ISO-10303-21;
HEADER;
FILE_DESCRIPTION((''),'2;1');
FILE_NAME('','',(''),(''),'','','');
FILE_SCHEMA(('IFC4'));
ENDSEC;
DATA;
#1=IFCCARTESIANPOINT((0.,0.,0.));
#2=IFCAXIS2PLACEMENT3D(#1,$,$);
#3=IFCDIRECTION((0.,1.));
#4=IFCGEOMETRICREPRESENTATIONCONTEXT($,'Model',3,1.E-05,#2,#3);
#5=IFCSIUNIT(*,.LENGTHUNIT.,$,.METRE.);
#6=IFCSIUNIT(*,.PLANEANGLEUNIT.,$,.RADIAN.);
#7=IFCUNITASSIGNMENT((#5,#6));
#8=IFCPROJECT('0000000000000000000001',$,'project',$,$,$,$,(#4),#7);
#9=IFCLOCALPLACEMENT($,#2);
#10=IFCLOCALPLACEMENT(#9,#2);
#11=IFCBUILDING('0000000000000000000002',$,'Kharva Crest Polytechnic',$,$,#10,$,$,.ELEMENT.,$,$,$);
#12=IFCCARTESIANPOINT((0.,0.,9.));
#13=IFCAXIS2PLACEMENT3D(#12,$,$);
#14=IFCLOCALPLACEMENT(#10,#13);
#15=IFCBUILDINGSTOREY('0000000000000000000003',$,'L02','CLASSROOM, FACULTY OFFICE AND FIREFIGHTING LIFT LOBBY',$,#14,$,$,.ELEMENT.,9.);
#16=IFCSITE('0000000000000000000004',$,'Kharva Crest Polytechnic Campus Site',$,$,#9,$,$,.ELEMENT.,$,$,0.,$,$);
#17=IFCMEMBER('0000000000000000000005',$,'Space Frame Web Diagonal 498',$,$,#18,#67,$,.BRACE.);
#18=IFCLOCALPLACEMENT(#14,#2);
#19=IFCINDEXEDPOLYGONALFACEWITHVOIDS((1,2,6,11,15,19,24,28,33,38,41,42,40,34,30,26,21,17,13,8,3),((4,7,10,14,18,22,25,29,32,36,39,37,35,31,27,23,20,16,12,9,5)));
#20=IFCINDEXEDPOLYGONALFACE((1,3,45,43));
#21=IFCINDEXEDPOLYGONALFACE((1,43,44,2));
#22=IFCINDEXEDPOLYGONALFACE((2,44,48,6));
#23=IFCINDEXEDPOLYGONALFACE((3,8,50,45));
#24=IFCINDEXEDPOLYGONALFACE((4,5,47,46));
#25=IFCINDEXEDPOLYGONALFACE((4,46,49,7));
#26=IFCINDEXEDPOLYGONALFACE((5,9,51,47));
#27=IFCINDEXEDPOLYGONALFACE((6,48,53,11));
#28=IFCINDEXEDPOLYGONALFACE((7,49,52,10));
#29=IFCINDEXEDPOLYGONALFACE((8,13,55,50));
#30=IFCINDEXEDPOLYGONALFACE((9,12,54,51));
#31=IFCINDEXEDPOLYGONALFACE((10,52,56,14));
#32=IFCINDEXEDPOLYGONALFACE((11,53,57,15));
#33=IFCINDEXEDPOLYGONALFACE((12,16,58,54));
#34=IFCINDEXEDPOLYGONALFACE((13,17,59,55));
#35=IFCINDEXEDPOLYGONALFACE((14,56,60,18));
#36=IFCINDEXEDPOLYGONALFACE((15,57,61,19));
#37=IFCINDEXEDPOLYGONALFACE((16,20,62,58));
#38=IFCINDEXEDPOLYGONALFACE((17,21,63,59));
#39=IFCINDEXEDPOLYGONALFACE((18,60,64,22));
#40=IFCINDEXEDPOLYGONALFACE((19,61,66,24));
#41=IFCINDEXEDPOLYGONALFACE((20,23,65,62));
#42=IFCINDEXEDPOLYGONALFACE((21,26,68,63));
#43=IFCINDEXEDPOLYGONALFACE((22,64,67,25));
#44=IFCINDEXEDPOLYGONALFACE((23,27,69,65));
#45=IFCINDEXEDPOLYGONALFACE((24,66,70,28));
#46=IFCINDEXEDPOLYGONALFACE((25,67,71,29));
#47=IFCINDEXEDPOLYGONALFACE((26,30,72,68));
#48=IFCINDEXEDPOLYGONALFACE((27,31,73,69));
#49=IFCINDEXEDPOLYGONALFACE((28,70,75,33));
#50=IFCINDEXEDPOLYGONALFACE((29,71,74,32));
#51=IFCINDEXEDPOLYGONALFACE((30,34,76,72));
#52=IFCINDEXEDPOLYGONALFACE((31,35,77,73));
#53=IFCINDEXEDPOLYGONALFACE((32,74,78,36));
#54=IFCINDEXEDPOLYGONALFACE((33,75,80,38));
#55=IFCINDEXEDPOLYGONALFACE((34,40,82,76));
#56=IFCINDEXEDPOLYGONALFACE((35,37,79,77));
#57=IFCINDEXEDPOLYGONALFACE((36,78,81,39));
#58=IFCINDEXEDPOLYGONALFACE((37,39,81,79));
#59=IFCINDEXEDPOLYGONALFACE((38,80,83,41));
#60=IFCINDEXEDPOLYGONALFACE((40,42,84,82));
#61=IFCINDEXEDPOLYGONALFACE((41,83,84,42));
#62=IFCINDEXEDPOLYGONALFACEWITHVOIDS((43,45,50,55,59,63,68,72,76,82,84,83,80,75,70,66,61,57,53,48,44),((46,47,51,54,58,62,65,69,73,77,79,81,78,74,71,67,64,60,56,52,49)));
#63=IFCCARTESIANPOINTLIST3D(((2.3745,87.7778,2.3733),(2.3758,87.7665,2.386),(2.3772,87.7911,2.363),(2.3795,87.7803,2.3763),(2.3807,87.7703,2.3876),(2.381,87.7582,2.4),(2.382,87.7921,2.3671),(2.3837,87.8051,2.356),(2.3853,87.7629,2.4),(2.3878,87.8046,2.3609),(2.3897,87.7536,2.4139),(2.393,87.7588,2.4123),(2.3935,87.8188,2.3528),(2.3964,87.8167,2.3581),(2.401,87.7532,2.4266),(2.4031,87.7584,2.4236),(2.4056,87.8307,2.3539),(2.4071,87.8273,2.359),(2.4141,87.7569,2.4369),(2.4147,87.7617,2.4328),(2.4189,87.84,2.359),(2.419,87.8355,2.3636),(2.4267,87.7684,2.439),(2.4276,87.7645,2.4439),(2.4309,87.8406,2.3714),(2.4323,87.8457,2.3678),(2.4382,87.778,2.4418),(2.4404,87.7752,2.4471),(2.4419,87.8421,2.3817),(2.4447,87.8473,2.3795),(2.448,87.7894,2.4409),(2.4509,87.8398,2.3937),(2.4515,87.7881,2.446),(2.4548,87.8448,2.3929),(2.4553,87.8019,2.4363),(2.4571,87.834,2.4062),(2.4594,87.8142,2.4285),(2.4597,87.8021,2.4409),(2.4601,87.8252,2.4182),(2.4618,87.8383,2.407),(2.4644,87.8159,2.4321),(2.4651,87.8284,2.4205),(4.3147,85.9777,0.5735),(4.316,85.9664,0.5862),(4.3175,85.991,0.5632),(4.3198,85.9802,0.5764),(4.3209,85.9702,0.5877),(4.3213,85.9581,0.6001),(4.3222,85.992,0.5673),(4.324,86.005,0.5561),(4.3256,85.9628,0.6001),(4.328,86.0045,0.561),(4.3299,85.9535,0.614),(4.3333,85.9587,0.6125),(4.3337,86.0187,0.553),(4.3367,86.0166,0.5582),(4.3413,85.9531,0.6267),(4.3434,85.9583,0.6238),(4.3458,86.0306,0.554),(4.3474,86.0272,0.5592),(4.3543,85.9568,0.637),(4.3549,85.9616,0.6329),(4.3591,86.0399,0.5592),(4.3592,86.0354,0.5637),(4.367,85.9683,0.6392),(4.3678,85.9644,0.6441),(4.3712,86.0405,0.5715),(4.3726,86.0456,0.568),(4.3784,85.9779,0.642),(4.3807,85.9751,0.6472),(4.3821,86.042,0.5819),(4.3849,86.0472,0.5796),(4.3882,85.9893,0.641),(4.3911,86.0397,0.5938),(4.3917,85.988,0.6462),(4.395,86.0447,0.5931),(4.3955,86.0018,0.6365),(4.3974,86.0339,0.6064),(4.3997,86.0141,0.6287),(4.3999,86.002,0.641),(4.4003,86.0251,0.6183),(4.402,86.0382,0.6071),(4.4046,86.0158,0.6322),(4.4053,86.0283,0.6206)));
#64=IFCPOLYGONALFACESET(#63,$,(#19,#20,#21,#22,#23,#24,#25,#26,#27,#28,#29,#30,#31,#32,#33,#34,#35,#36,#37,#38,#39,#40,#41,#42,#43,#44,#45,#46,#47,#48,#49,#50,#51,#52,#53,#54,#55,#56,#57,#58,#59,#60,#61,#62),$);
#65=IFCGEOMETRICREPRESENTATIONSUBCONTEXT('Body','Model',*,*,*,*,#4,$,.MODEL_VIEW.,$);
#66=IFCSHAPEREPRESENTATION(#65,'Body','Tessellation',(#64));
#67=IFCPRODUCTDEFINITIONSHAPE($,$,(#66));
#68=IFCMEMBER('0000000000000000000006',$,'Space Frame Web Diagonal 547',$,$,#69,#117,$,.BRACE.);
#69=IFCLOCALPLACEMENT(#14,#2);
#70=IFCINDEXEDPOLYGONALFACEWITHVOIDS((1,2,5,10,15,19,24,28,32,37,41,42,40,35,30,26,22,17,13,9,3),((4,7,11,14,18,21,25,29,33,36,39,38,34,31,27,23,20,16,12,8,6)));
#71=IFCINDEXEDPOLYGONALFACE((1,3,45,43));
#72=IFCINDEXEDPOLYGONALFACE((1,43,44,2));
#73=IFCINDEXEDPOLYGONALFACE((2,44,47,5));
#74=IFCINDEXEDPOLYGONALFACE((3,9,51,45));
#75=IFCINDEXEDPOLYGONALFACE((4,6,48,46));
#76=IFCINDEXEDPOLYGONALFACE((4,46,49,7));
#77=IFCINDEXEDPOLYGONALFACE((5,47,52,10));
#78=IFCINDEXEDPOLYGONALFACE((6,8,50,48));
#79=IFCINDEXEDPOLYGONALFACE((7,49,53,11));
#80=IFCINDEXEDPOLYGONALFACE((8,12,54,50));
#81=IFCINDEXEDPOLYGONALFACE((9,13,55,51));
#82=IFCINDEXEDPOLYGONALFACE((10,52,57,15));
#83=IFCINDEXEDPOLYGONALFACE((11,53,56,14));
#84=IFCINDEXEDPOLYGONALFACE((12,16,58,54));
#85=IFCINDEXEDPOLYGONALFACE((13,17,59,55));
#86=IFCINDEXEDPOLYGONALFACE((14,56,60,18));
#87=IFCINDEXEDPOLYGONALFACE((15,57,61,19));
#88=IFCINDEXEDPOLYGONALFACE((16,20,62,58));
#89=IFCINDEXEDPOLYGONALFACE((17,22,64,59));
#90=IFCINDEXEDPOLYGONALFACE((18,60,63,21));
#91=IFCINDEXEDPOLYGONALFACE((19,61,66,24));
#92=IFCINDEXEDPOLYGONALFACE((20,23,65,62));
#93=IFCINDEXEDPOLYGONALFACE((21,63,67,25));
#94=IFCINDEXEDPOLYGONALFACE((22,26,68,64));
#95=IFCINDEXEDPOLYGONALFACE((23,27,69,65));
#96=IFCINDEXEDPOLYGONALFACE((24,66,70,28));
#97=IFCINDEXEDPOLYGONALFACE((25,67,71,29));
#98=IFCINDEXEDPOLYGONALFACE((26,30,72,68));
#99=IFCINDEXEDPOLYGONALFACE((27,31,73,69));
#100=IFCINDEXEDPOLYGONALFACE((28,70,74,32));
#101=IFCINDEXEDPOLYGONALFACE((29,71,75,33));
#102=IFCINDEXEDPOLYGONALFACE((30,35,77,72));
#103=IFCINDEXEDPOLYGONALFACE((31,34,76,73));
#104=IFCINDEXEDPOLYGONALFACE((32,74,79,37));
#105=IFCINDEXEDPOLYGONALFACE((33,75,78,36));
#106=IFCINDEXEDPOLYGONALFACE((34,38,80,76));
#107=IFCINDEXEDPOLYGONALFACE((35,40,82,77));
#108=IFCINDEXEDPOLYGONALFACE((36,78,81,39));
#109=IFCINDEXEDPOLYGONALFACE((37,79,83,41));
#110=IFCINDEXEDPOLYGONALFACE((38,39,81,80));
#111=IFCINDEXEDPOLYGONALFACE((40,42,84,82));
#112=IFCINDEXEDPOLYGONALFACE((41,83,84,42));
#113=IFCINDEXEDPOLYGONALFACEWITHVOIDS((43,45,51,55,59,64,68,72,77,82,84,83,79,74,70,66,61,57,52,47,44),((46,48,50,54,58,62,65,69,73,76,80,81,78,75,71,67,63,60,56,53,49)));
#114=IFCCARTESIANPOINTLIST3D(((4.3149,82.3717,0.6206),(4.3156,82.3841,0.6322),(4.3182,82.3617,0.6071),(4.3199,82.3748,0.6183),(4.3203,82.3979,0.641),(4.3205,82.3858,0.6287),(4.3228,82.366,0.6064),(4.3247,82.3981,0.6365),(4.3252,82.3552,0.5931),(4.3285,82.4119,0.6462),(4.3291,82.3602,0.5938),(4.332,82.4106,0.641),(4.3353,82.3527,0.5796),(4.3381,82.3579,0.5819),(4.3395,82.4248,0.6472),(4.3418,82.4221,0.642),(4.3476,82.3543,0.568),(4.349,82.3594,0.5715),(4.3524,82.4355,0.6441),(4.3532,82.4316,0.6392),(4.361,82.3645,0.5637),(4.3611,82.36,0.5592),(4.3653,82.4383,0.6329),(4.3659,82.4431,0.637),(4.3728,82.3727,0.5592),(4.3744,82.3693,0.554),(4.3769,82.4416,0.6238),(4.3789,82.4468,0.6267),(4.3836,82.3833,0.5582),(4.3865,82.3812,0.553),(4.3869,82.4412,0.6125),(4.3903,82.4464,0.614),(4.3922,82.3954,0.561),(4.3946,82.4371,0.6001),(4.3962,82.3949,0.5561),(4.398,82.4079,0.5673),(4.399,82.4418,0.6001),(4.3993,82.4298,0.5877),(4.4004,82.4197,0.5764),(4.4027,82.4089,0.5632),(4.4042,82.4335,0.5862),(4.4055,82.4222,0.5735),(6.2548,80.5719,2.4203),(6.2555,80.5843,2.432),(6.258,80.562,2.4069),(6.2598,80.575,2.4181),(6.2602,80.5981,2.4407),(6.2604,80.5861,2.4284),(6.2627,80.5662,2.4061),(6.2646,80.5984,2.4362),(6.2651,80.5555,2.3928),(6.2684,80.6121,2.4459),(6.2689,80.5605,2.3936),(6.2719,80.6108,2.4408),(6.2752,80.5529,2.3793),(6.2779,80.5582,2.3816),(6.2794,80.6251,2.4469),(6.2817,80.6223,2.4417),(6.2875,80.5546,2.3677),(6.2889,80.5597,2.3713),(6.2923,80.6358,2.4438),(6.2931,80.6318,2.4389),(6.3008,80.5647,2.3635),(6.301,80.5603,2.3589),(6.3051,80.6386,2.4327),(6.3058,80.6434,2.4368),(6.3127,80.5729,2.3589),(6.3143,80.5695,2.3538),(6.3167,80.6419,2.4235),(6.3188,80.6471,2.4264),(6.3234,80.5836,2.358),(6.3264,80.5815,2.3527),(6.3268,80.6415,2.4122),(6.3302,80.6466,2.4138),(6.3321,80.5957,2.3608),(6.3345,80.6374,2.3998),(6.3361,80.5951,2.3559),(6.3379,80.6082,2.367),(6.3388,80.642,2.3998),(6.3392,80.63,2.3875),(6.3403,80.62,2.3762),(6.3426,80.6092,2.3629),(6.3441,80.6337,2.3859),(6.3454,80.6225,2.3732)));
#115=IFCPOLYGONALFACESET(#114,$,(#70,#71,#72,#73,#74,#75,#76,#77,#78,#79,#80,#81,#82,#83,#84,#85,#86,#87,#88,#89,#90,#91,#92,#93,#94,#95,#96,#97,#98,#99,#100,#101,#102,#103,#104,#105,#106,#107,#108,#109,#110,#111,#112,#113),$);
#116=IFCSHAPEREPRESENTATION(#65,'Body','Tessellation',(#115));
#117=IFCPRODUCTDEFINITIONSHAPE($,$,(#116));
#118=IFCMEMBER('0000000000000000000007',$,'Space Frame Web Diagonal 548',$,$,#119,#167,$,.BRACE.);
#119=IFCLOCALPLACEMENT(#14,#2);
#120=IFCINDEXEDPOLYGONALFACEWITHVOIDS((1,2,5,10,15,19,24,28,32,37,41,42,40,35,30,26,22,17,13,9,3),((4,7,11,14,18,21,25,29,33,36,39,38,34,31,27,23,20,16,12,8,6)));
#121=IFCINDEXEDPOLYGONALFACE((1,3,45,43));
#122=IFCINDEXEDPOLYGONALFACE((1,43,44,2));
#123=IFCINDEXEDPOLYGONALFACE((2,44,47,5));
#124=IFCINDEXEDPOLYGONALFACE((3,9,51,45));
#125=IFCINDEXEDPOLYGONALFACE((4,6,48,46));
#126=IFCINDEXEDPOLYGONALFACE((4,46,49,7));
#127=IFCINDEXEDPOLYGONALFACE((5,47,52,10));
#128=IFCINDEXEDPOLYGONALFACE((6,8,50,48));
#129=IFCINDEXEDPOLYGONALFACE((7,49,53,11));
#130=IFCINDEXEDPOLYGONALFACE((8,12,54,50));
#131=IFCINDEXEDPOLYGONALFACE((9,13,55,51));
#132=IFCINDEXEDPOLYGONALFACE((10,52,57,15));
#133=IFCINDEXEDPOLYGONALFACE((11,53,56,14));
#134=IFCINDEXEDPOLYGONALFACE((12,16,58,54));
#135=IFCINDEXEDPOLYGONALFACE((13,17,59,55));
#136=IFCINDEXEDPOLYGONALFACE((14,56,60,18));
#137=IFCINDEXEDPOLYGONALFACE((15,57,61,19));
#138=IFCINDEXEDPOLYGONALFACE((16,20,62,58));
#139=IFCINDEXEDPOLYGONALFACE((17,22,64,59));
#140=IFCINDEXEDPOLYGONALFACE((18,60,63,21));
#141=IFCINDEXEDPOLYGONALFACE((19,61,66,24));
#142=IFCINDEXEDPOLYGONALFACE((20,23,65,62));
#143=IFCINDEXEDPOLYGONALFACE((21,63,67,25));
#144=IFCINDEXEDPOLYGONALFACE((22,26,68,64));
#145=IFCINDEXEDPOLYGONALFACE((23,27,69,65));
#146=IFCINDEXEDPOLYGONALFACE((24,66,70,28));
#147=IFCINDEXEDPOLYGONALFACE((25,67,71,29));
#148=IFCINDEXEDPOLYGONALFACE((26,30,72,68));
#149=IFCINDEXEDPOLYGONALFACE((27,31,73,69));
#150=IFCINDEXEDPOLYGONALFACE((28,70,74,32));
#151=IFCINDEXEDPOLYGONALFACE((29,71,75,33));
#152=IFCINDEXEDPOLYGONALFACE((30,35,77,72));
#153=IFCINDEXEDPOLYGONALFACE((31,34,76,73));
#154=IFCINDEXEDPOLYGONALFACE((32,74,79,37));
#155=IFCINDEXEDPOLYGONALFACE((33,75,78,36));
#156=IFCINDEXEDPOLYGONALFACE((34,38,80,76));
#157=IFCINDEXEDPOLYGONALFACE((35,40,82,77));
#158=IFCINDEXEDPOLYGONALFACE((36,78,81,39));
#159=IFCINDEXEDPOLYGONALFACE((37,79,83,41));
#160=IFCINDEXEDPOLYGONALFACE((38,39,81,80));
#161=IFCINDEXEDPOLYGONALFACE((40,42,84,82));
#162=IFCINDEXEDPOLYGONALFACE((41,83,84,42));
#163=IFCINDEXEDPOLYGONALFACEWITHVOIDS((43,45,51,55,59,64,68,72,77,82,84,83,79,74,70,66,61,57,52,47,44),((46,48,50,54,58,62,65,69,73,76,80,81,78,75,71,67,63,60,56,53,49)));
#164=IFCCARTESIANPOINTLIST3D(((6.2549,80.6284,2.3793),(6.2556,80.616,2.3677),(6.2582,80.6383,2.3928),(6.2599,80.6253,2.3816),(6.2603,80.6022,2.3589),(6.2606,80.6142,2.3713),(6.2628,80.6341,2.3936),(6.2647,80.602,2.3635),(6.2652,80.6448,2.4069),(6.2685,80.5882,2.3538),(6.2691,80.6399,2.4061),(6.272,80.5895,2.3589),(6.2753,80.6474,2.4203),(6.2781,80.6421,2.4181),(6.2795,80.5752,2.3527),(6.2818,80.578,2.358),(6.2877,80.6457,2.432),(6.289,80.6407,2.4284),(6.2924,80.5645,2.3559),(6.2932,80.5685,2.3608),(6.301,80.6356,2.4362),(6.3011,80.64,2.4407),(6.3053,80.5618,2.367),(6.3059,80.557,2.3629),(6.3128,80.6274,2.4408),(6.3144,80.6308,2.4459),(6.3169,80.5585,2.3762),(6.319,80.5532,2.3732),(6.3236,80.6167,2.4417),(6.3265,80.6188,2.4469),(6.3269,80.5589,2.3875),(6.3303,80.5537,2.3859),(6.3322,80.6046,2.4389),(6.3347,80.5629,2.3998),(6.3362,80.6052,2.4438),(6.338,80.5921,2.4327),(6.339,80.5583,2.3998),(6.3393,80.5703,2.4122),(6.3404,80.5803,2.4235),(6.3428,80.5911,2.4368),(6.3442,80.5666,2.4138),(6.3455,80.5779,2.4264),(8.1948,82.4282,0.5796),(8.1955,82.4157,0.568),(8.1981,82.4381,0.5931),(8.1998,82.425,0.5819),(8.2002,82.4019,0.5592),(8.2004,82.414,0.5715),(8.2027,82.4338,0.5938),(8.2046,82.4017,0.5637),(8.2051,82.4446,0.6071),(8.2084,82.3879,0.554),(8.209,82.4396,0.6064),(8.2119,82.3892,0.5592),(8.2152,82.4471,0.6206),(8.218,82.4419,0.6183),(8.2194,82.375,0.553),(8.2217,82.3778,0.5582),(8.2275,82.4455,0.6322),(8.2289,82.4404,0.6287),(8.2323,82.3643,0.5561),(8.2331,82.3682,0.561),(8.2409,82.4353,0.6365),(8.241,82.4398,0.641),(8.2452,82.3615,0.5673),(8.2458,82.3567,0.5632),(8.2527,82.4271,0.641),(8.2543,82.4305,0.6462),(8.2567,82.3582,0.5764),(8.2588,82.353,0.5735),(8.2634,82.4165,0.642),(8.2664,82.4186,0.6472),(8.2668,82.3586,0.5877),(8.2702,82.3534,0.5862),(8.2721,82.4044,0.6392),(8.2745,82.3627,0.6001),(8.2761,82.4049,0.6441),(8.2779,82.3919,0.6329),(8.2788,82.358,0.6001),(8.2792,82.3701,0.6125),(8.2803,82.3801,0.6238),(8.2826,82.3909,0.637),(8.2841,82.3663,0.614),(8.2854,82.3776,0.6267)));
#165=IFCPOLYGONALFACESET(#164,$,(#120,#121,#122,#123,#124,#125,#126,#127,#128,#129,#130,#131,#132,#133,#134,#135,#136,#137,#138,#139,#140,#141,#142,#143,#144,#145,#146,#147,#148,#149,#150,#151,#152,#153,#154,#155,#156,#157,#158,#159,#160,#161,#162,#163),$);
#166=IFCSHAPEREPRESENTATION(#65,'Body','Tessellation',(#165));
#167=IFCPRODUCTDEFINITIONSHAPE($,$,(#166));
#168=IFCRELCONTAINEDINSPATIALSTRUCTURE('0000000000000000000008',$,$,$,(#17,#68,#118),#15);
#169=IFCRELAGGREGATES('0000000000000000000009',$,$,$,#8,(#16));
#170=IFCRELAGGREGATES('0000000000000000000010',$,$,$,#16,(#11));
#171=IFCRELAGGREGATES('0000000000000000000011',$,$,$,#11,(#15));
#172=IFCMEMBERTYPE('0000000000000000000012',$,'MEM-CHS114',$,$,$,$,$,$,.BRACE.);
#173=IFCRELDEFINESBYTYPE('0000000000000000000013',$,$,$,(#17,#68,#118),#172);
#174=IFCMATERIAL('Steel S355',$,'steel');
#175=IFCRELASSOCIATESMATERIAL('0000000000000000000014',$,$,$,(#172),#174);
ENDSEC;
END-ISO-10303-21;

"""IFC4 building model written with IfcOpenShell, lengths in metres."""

from ifc_helpers import new_model, si_unit, direction, frame, origin, origin_2d, place, context, subcontext, project, spatial, hollow_circle, extrude, material, material_profile, profile_set, type_object, element, save


model = new_model("IFC4")

# Units and contexts
model_context = context("Model", 3, precision=1e-05, world=origin(), true_north=direction((0.0, 1.0)))
body_context = subcontext(model_context, "Body", "Model", "MODEL_VIEW")
ifc_project = project(units=[si_unit("LENGTHUNIT", "METRE"), si_unit("PLANEANGLEUNIT", "RADIAN")], contexts=[model_context])

# Site, building, storey
site_placement = place(None, origin())
site = spatial("IfcSite", under=ifc_project, at=site_placement, Name="Kharva Crest Polytechnic Campus Site", CompositionType="ELEMENT", RefElevation=0.0)
building_placement = place(site_placement, origin())
building = spatial("IfcBuilding", under=site, at=building_placement, Name="Kharva Crest Polytechnic", CompositionType="ELEMENT")
storey_placement = place(building_placement, frame((0.0, 0.0, 9.0)))
storey = spatial("IfcBuildingStorey", under=building, at=storey_placement, Name="L02", Description="CLASSROOM, FACULTY OFFICE AND FIREFIGHTING LIFT LOBBY", CompositionType="ELEMENT", Elevation=9.0)

# Shared definitions
ifc_material_1 = material(Name="Steel S355", Category="steel")

# Members
ifc_material_profile_1 = material_profile(ifc_material_1, hollow_circle(Radius=0.0571, WallThickness=0.0063, at=origin_2d()), Name="CHS 114.3X6.3")
ifc_profile_set_1 = profile_set([ifc_material_profile_1], Name="Steel S355")
member_type_1 = type_object("IfcMemberType", Name="MEM-CHS114", PredefinedType="BRACE", material=ifc_profile_set_1)
for number, where, z_axis, x_axis, name in (
    (1, (4.3601, 86.0, 0.6001), (-0.606196, 0.562411, 0.562335), (-0.680136, -0.733086, 0.0), "Space Frame Web Diagonal 498"),
):
    element("IfcMember", number, at=place(storey_placement, frame(where, z_axis=z_axis, x_axis=x_axis)), inside=storey, type_object=member_type_1, Name=name, PredefinedType="BRACE", context=body_context, shape_type="SweptSolid", body=[
        extrude(hollow_circle(Radius=0.0571, WallThickness=0.0063, at=origin_2d()), origin(), (0.0, 0.0, 1.0), 3.2007),
    ])
for number, where, z_axis, x_axis, name in (
    (2, (4.3601, 82.3999, 0.6001), (0.606173, -0.562385, 0.562385), (0.680133, 0.733089, 0.0), "Space Frame Web Diagonal 547"),
    (3, (8.24, 82.3999, 0.6001), (-0.606173, -0.562385, 0.562385), (0.680133, -0.733089, 0.0), "Space Frame Web Diagonal 548"),
):
    element("IfcMember", number, at=place(storey_placement, frame(where, z_axis=z_axis, x_axis=x_axis)), inside=storey, type_object=member_type_1, Name=name, PredefinedType="BRACE", context=body_context, shape_type="SweptSolid", body=[
        extrude(hollow_circle(Radius=0.0571, WallThickness=0.0063, at=origin_2d()), origin(), (0.0, 0.0, 1.0), 3.2002),
    ])

save(model, "model.ifc")
